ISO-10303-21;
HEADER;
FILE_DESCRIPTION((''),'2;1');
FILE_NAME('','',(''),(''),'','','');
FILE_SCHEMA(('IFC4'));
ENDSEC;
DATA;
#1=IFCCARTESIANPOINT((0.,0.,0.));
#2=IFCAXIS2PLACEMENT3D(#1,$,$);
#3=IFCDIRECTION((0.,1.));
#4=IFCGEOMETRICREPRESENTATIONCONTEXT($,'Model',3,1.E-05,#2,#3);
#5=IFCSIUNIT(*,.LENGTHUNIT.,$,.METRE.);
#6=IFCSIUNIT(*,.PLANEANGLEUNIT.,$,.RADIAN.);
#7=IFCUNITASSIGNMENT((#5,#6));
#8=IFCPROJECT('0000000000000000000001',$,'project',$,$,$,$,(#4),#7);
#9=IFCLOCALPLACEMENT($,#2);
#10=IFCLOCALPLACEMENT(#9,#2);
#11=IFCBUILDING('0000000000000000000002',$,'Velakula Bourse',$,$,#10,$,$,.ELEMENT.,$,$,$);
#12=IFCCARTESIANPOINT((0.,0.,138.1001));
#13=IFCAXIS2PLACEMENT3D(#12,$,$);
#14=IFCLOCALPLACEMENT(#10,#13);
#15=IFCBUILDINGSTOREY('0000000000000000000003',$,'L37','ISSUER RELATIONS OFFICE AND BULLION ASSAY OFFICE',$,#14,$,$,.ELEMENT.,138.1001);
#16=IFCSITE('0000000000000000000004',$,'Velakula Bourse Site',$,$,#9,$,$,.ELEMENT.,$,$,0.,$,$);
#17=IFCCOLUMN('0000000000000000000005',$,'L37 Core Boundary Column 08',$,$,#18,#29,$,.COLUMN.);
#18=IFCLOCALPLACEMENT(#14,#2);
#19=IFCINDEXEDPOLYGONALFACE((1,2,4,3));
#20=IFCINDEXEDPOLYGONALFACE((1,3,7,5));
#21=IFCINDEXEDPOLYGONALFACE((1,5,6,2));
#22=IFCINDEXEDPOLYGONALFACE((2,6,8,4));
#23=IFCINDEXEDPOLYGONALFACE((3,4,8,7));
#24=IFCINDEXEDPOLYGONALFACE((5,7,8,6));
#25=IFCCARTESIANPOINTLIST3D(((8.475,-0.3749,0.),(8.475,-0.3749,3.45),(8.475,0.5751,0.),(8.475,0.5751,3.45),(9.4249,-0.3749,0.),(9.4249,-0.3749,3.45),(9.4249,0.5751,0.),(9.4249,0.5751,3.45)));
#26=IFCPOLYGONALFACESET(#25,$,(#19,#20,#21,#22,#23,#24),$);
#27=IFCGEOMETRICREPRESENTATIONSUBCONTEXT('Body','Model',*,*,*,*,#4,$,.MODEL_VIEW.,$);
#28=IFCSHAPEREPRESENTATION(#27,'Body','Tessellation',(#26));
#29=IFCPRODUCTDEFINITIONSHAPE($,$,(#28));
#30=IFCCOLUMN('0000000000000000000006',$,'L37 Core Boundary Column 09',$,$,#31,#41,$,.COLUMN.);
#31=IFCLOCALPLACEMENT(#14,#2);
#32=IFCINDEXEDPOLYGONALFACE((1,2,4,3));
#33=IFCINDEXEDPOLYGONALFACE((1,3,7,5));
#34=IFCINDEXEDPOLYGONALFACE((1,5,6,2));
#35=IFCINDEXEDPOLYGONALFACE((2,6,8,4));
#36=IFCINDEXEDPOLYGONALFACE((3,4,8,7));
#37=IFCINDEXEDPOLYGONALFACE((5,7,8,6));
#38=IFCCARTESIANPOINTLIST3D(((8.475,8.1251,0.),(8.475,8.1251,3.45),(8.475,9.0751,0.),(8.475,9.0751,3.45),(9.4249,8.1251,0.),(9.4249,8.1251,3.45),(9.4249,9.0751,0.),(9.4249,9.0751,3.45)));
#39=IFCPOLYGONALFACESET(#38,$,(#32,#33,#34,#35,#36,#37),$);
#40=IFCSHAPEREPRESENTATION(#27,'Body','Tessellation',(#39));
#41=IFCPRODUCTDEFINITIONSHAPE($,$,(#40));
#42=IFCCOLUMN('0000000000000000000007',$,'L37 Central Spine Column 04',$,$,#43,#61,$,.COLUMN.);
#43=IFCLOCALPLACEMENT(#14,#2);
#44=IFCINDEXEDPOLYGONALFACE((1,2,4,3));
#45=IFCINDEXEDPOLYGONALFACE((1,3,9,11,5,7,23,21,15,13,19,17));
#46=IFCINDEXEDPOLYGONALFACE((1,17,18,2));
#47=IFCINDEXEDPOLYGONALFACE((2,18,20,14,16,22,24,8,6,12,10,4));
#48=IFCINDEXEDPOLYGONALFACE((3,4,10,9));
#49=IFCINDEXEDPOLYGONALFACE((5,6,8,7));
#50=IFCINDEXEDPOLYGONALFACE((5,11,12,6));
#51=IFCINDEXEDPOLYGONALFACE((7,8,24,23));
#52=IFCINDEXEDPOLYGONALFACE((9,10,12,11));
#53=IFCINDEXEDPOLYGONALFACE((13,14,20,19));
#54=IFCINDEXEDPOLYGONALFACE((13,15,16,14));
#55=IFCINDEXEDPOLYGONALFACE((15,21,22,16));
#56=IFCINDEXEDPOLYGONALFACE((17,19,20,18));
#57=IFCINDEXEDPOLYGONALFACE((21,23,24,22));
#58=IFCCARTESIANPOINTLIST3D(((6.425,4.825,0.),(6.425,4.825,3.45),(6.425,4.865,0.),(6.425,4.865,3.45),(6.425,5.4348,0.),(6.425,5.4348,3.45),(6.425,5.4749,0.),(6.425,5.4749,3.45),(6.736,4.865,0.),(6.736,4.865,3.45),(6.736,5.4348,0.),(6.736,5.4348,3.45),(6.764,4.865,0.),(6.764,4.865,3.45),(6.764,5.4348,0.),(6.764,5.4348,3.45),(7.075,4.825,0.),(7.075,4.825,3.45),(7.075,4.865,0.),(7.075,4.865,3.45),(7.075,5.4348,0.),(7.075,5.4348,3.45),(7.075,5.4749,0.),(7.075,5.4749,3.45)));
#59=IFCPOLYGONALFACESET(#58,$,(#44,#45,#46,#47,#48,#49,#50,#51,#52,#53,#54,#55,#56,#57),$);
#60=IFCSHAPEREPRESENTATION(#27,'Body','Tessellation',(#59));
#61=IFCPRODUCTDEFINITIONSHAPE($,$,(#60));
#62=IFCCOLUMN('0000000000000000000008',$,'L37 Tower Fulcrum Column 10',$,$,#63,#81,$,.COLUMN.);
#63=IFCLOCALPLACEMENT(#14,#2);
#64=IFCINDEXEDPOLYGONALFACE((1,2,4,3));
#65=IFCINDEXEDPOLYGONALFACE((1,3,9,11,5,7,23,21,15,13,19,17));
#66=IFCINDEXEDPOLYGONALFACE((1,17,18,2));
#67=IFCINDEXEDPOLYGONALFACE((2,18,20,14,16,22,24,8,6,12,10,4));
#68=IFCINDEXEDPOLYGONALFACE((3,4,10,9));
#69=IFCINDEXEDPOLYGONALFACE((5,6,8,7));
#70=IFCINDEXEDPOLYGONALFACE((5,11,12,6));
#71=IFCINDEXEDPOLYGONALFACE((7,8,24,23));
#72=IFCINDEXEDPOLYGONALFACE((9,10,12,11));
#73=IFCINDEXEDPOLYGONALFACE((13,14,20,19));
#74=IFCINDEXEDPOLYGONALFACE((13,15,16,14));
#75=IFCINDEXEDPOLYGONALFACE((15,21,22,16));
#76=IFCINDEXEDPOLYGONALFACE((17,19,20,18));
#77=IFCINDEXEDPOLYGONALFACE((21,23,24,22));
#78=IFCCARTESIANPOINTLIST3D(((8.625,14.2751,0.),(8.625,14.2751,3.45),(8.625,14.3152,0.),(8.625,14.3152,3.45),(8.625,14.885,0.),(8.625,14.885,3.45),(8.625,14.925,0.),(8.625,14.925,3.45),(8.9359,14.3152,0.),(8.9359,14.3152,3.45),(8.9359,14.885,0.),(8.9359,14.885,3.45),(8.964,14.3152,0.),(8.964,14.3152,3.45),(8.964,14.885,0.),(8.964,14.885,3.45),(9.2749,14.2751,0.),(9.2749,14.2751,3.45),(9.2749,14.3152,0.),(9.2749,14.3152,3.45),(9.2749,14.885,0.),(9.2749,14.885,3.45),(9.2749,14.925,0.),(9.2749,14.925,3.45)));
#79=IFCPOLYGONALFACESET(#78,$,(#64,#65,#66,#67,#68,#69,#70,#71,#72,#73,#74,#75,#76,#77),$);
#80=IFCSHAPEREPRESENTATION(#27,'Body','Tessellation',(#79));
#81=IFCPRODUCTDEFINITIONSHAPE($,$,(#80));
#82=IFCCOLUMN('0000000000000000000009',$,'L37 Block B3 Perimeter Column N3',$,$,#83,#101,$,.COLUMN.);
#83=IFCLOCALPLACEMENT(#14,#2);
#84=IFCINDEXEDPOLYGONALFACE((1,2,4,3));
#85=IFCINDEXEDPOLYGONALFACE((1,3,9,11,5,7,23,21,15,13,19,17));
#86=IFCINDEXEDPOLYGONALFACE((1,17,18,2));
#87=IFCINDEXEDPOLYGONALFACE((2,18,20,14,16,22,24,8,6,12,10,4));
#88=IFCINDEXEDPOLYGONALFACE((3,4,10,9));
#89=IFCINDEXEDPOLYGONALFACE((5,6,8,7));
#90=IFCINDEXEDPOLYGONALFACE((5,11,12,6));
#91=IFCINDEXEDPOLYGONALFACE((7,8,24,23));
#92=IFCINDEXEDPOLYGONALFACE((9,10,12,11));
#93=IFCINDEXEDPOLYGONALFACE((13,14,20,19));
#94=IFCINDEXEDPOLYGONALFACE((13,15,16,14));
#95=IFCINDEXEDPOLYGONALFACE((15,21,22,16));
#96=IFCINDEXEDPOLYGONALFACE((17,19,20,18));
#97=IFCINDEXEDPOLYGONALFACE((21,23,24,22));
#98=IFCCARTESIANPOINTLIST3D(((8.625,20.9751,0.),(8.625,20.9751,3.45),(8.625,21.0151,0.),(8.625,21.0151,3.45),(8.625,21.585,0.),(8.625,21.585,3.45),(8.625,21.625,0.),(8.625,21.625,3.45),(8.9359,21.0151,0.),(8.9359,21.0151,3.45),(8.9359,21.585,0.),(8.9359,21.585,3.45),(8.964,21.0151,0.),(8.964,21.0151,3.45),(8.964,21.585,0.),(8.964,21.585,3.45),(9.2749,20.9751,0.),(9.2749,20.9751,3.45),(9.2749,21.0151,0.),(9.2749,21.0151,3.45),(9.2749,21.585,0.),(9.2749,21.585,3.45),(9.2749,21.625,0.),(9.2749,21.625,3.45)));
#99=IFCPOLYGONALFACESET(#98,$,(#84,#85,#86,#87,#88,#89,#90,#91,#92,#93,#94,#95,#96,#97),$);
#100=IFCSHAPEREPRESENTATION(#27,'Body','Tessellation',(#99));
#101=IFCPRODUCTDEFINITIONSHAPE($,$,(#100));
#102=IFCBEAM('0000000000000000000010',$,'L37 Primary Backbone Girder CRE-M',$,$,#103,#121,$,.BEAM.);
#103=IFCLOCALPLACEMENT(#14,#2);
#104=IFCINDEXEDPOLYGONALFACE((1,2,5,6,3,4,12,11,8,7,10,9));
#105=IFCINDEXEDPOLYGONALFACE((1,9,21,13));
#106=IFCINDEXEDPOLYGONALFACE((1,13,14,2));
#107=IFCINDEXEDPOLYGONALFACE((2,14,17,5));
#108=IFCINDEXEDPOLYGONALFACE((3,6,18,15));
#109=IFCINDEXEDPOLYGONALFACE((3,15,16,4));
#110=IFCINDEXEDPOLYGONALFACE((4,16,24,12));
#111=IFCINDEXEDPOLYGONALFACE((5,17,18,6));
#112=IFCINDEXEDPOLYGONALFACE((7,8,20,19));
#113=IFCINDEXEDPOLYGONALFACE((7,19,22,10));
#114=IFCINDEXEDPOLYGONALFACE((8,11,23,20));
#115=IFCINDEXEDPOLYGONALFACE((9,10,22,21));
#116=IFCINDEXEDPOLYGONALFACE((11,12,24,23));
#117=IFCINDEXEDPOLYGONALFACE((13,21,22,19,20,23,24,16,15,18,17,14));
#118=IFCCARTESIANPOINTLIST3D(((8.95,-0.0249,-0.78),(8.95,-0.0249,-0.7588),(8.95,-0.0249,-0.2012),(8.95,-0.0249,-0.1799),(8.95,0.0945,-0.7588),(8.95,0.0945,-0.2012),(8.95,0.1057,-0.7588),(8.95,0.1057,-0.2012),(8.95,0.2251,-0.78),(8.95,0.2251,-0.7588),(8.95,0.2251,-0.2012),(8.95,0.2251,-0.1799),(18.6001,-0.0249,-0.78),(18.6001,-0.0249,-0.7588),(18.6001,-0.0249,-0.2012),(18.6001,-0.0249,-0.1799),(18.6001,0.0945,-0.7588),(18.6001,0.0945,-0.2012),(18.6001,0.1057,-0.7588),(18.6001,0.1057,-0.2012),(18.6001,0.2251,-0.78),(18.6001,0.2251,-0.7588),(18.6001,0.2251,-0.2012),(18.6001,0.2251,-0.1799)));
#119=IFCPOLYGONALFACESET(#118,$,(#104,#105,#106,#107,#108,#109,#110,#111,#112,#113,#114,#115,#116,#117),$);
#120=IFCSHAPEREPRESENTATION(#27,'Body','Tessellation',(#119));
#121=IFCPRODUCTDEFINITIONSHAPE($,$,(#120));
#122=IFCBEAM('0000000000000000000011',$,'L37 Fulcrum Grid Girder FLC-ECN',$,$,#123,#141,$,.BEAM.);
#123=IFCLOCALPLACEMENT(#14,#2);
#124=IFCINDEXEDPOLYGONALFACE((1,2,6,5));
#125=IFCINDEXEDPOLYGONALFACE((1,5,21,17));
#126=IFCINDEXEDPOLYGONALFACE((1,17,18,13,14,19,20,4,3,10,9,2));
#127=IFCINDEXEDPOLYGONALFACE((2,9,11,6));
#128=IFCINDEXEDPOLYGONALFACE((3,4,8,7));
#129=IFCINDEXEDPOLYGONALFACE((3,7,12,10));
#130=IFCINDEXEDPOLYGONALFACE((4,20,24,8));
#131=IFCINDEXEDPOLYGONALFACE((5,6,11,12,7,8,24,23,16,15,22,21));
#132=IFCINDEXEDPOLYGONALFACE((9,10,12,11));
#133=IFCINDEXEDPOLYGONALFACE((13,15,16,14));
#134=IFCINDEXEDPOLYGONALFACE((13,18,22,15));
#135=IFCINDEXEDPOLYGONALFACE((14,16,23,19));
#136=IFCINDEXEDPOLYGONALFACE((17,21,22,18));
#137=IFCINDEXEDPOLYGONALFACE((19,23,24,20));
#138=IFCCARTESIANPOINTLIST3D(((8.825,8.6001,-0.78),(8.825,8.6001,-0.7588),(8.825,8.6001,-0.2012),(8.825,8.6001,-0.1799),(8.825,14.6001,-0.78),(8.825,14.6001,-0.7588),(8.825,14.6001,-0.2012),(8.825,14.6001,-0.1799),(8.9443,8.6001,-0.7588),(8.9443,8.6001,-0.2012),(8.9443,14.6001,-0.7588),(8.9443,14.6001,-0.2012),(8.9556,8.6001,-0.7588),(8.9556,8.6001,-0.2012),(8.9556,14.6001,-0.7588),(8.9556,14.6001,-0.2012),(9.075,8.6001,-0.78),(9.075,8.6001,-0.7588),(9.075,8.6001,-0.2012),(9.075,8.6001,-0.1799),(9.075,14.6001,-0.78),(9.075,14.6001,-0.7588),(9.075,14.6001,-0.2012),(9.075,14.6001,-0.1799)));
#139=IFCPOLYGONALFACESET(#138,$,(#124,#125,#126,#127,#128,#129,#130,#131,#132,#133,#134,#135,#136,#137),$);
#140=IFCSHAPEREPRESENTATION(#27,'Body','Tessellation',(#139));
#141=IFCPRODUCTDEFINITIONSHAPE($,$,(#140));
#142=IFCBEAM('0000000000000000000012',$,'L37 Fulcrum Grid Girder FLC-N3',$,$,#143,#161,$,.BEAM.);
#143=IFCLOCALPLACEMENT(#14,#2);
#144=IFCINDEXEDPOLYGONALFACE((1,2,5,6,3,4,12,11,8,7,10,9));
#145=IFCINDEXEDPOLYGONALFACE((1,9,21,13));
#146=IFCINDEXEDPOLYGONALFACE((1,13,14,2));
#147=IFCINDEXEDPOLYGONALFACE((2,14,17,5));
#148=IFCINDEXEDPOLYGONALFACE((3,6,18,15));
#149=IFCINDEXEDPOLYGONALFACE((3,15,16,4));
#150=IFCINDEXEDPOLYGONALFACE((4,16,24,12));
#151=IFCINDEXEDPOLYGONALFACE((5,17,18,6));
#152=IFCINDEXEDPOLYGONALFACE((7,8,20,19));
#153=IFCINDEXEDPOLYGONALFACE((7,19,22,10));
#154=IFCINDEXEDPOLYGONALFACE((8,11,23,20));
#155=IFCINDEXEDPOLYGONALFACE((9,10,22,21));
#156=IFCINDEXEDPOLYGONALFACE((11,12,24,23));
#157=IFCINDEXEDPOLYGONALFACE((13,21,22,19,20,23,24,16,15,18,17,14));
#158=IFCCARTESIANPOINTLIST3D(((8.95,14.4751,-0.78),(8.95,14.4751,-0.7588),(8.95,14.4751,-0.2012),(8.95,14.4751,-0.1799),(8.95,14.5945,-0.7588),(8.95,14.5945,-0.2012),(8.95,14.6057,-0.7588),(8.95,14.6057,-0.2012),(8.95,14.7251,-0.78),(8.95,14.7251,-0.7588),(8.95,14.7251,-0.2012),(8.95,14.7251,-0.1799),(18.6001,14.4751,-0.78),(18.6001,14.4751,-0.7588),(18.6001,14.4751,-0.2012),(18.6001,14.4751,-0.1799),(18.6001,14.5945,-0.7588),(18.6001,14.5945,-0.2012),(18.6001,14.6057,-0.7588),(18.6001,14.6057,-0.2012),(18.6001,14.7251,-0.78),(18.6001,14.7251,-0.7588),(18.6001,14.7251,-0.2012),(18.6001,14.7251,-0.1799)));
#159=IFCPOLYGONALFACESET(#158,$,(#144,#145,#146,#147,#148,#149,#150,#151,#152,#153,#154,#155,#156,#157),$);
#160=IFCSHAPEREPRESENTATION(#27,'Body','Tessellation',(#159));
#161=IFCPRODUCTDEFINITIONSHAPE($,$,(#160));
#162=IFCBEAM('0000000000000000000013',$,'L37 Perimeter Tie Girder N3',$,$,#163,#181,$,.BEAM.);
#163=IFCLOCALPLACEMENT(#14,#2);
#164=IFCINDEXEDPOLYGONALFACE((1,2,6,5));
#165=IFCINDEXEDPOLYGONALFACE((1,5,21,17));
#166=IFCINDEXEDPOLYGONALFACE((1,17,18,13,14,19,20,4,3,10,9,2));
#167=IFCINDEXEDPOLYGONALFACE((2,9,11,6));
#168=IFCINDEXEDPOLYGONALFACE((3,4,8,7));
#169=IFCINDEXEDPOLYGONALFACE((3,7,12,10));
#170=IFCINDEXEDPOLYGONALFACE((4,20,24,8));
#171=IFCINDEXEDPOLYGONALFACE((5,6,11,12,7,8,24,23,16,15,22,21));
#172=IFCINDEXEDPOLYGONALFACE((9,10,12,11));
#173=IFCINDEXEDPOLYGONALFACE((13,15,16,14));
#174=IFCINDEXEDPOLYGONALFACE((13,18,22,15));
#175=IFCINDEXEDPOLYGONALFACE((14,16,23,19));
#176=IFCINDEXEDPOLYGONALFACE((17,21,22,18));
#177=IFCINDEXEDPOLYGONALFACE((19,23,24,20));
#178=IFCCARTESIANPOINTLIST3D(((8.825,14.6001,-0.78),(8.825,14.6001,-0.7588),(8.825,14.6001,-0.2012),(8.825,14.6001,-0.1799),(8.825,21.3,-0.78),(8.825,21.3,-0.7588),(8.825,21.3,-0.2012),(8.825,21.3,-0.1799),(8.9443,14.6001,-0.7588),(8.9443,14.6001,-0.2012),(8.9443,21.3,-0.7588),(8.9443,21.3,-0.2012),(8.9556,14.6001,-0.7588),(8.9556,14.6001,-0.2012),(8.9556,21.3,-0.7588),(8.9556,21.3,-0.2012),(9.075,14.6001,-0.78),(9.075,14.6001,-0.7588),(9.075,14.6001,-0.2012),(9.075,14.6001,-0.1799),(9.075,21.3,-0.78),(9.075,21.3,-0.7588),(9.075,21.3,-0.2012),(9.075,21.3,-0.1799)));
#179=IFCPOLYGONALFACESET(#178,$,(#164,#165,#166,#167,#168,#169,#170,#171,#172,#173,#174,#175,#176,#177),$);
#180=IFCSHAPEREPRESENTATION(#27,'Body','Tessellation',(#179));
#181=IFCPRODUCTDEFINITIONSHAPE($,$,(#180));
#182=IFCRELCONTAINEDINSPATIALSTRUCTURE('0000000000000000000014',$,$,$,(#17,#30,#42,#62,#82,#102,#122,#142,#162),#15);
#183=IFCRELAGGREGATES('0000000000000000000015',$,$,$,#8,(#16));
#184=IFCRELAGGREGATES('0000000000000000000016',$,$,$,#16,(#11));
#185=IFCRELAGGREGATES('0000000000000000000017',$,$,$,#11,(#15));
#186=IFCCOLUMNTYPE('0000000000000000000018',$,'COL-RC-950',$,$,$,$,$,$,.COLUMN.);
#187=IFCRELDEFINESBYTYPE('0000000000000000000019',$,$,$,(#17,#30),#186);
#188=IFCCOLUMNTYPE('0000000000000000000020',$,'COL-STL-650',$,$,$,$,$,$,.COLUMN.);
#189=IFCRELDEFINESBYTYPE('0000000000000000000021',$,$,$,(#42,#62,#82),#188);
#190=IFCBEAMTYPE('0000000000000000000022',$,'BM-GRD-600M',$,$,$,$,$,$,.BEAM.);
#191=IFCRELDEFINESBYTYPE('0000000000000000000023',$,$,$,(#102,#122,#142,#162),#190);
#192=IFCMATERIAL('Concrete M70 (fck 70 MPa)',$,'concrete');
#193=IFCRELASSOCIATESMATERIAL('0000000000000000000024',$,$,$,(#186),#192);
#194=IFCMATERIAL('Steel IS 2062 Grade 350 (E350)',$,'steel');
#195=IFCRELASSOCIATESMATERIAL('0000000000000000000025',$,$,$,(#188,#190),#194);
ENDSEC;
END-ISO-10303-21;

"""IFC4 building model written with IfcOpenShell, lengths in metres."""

from ifc_helpers import new_model, si_unit, direction, frame, origin, origin_2d, place, context, subcontext, project, spatial, rectangle, i_section, extrude, material, material_profile, profile_set, type_object, element, save


model = new_model("IFC4")

# Units and contexts
model_context = context("Model", 3, precision=1e-05, world=origin(), true_north=direction((0.0, 1.0)))
body_context = subcontext(model_context, "Body", "Model", "MODEL_VIEW")
ifc_project = project(units=[si_unit("LENGTHUNIT", "METRE"), si_unit("PLANEANGLEUNIT", "RADIAN")], contexts=[model_context])

# Site, building, storey
site_placement = place(None, origin())
site = spatial("IfcSite", under=ifc_project, at=site_placement, Name="Velakula Bourse Site", CompositionType="ELEMENT", RefElevation=0.0)
building_placement = place(site_placement, origin())
building = spatial("IfcBuilding", under=site, at=building_placement, Name="Velakula Bourse", CompositionType="ELEMENT")
storey_placement = place(building_placement, frame((0.0, 0.0, 138.1001)))
storey = spatial("IfcBuildingStorey", under=building, at=storey_placement, Name="L37", Description="ISSUER RELATIONS OFFICE AND BULLION ASSAY OFFICE", CompositionType="ELEMENT", Elevation=138.1001)

# Columns
ifc_material_1 = material(Name="Concrete M70 (fck 70 MPa)", Category="concrete")
ifc_material_profile_1 = material_profile(ifc_material_1, rectangle(XDim=0.95, YDim=0.95, at=origin_2d()), Name="Concrete M70 (fck 70 MPa)")
ifc_profile_set_1 = profile_set([ifc_material_profile_1], Name="Concrete M70 (fck 70 MPa)")
column_type_1 = type_object("IfcColumnType", Name="COL-RC-950", PredefinedType="COLUMN", material=ifc_profile_set_1)
for number, where, z_axis, x_axis, name in (
    (1, (8.95, 0.1001, 0.0), (0.0, 0.0, 1.0), (1.0, 0.0, 0.0), "L37 Core Boundary Column 08"),
    (2, (8.95, 8.6001, 0.0), (0.0, 0.0, 1.0), (1.0, 0.0, 0.0), "L37 Core Boundary Column 09"),
):
    element("IfcColumn", number, at=place(storey_placement, frame(where, z_axis=z_axis, x_axis=x_axis)), inside=storey, type_object=column_type_1, Name=name, PredefinedType="COLUMN", context=body_context, shape_type="SweptSolid", body=[
        extrude(rectangle(XDim=0.95, YDim=0.95, at=origin_2d()), origin(), (0.0, 0.0, 1.0), 3.45),
    ])
ifc_material_2 = material(Name="Steel IS 2062 Grade 350 (E350)", Category="steel")
ifc_material_profile_2 = material_profile(ifc_material_2, i_section(OverallWidth=0.6499, OverallDepth=0.6499, WebThickness=0.0281, FlangeThickness=0.04, at=origin_2d()), Name="Steel IS 2062 Grade 350 (E350)")
ifc_profile_set_2 = profile_set([ifc_material_profile_2], Name="Steel IS 2062 Grade 350 (E350)")
column_type_2 = type_object("IfcColumnType", Name="COL-STL-650", PredefinedType="COLUMN", material=ifc_profile_set_2)
for number, where, z_axis, x_axis, name in (
    (3, (6.75, 5.1499, 0.0), (0.0, 0.0, 1.0), (1.0, 0.0, 0.0), "L37 Central Spine Column 04"),
    (4, (8.95, 14.6001, 0.0), (0.0, 0.0, 1.0), (1.0, 0.0, 0.0), "L37 Tower Fulcrum Column 10"),
    (5, (8.95, 21.3, 0.0), (0.0, 0.0, 1.0), (1.0, 0.0, 0.0), "L37 Block B3 Perimeter Column N3"),
):
    element("IfcColumn", number, at=place(storey_placement, frame(where, z_axis=z_axis, x_axis=x_axis)), inside=storey, type_object=column_type_2, Name=name, PredefinedType="COLUMN", context=body_context, shape_type="SweptSolid", body=[
        extrude(i_section(OverallWidth=0.6499, OverallDepth=0.6499, WebThickness=0.0281, FlangeThickness=0.04, at=origin_2d()), origin(), (0.0, 0.0, 1.0), 3.45),
    ])

# Beams
ifc_material_profile_3 = material_profile(ifc_material_2, i_section(OverallWidth=0.25, OverallDepth=0.6001, WebThickness=0.0112, FlangeThickness=0.0212, at=origin_2d()), Name="Steel IS 2062 Grade 350 (E350)")
ifc_profile_set_3 = profile_set([ifc_material_profile_3], Name="Steel IS 2062 Grade 350 (E350)")
beam_type_1 = type_object("IfcBeamType", Name="BM-GRD-600M", PredefinedType="BEAM", material=ifc_profile_set_3)
beam_1_placement = place(storey_placement, frame((8.95, 0.1001, -0.48), z_axis=(1.0, 0.0, 0.0), x_axis=(0.0, 1.0, 0.0)))
element("IfcBeam", 6, at=beam_1_placement, inside=storey, type_object=beam_type_1, Name="L37 Primary Backbone Girder CRE-M", PredefinedType="BEAM", context=body_context, shape_type="SweptSolid", body=[
    extrude(i_section(OverallWidth=0.25, OverallDepth=0.6001, WebThickness=0.0112, FlangeThickness=0.0212, at=origin_2d()), origin(), (0.0, 0.0, 1.0), 9.6501),
])
beam_2_placement = place(storey_placement, frame((8.95, 8.6001, -0.48), z_axis=(0.0, 1.0, 0.0), x_axis=(-1.0, 0.0, 0.0)))
element("IfcBeam", 7, at=beam_2_placement, inside=storey, type_object=beam_type_1, Name="L37 Fulcrum Grid Girder FLC-ECN", PredefinedType="BEAM", context=body_context, shape_type="SweptSolid", body=[
    extrude(i_section(OverallWidth=0.25, OverallDepth=0.6001, WebThickness=0.0112, FlangeThickness=0.0212, at=origin_2d()), origin(), (0.0, 0.0, 1.0), 6.0),
])
beam_3_placement = place(storey_placement, frame((8.95, 14.6001, -0.48), z_axis=(1.0, 0.0, 0.0), x_axis=(0.0, 1.0, 0.0)))
element("IfcBeam", 8, at=beam_3_placement, inside=storey, type_object=beam_type_1, Name="L37 Fulcrum Grid Girder FLC-N3", PredefinedType="BEAM", context=body_context, shape_type="SweptSolid", body=[
    extrude(i_section(OverallWidth=0.25, OverallDepth=0.6001, WebThickness=0.0112, FlangeThickness=0.0212, at=origin_2d()), origin(), (0.0, 0.0, 1.0), 9.6501),
])
beam_4_placement = place(storey_placement, frame((8.95, 14.6001, -0.48), z_axis=(0.0, 1.0, 0.0), x_axis=(-1.0, 0.0, 0.0)))
element("IfcBeam", 9, at=beam_4_placement, inside=storey, type_object=beam_type_1, Name="L37 Perimeter Tie Girder N3", PredefinedType="BEAM", context=body_context, shape_type="SweptSolid", body=[
    extrude(i_section(OverallWidth=0.25, OverallDepth=0.6001, WebThickness=0.0112, FlangeThickness=0.0212, at=origin_2d()), origin(), (0.0, 0.0, 1.0), 6.7),
])

save(model, "model.ifc")
